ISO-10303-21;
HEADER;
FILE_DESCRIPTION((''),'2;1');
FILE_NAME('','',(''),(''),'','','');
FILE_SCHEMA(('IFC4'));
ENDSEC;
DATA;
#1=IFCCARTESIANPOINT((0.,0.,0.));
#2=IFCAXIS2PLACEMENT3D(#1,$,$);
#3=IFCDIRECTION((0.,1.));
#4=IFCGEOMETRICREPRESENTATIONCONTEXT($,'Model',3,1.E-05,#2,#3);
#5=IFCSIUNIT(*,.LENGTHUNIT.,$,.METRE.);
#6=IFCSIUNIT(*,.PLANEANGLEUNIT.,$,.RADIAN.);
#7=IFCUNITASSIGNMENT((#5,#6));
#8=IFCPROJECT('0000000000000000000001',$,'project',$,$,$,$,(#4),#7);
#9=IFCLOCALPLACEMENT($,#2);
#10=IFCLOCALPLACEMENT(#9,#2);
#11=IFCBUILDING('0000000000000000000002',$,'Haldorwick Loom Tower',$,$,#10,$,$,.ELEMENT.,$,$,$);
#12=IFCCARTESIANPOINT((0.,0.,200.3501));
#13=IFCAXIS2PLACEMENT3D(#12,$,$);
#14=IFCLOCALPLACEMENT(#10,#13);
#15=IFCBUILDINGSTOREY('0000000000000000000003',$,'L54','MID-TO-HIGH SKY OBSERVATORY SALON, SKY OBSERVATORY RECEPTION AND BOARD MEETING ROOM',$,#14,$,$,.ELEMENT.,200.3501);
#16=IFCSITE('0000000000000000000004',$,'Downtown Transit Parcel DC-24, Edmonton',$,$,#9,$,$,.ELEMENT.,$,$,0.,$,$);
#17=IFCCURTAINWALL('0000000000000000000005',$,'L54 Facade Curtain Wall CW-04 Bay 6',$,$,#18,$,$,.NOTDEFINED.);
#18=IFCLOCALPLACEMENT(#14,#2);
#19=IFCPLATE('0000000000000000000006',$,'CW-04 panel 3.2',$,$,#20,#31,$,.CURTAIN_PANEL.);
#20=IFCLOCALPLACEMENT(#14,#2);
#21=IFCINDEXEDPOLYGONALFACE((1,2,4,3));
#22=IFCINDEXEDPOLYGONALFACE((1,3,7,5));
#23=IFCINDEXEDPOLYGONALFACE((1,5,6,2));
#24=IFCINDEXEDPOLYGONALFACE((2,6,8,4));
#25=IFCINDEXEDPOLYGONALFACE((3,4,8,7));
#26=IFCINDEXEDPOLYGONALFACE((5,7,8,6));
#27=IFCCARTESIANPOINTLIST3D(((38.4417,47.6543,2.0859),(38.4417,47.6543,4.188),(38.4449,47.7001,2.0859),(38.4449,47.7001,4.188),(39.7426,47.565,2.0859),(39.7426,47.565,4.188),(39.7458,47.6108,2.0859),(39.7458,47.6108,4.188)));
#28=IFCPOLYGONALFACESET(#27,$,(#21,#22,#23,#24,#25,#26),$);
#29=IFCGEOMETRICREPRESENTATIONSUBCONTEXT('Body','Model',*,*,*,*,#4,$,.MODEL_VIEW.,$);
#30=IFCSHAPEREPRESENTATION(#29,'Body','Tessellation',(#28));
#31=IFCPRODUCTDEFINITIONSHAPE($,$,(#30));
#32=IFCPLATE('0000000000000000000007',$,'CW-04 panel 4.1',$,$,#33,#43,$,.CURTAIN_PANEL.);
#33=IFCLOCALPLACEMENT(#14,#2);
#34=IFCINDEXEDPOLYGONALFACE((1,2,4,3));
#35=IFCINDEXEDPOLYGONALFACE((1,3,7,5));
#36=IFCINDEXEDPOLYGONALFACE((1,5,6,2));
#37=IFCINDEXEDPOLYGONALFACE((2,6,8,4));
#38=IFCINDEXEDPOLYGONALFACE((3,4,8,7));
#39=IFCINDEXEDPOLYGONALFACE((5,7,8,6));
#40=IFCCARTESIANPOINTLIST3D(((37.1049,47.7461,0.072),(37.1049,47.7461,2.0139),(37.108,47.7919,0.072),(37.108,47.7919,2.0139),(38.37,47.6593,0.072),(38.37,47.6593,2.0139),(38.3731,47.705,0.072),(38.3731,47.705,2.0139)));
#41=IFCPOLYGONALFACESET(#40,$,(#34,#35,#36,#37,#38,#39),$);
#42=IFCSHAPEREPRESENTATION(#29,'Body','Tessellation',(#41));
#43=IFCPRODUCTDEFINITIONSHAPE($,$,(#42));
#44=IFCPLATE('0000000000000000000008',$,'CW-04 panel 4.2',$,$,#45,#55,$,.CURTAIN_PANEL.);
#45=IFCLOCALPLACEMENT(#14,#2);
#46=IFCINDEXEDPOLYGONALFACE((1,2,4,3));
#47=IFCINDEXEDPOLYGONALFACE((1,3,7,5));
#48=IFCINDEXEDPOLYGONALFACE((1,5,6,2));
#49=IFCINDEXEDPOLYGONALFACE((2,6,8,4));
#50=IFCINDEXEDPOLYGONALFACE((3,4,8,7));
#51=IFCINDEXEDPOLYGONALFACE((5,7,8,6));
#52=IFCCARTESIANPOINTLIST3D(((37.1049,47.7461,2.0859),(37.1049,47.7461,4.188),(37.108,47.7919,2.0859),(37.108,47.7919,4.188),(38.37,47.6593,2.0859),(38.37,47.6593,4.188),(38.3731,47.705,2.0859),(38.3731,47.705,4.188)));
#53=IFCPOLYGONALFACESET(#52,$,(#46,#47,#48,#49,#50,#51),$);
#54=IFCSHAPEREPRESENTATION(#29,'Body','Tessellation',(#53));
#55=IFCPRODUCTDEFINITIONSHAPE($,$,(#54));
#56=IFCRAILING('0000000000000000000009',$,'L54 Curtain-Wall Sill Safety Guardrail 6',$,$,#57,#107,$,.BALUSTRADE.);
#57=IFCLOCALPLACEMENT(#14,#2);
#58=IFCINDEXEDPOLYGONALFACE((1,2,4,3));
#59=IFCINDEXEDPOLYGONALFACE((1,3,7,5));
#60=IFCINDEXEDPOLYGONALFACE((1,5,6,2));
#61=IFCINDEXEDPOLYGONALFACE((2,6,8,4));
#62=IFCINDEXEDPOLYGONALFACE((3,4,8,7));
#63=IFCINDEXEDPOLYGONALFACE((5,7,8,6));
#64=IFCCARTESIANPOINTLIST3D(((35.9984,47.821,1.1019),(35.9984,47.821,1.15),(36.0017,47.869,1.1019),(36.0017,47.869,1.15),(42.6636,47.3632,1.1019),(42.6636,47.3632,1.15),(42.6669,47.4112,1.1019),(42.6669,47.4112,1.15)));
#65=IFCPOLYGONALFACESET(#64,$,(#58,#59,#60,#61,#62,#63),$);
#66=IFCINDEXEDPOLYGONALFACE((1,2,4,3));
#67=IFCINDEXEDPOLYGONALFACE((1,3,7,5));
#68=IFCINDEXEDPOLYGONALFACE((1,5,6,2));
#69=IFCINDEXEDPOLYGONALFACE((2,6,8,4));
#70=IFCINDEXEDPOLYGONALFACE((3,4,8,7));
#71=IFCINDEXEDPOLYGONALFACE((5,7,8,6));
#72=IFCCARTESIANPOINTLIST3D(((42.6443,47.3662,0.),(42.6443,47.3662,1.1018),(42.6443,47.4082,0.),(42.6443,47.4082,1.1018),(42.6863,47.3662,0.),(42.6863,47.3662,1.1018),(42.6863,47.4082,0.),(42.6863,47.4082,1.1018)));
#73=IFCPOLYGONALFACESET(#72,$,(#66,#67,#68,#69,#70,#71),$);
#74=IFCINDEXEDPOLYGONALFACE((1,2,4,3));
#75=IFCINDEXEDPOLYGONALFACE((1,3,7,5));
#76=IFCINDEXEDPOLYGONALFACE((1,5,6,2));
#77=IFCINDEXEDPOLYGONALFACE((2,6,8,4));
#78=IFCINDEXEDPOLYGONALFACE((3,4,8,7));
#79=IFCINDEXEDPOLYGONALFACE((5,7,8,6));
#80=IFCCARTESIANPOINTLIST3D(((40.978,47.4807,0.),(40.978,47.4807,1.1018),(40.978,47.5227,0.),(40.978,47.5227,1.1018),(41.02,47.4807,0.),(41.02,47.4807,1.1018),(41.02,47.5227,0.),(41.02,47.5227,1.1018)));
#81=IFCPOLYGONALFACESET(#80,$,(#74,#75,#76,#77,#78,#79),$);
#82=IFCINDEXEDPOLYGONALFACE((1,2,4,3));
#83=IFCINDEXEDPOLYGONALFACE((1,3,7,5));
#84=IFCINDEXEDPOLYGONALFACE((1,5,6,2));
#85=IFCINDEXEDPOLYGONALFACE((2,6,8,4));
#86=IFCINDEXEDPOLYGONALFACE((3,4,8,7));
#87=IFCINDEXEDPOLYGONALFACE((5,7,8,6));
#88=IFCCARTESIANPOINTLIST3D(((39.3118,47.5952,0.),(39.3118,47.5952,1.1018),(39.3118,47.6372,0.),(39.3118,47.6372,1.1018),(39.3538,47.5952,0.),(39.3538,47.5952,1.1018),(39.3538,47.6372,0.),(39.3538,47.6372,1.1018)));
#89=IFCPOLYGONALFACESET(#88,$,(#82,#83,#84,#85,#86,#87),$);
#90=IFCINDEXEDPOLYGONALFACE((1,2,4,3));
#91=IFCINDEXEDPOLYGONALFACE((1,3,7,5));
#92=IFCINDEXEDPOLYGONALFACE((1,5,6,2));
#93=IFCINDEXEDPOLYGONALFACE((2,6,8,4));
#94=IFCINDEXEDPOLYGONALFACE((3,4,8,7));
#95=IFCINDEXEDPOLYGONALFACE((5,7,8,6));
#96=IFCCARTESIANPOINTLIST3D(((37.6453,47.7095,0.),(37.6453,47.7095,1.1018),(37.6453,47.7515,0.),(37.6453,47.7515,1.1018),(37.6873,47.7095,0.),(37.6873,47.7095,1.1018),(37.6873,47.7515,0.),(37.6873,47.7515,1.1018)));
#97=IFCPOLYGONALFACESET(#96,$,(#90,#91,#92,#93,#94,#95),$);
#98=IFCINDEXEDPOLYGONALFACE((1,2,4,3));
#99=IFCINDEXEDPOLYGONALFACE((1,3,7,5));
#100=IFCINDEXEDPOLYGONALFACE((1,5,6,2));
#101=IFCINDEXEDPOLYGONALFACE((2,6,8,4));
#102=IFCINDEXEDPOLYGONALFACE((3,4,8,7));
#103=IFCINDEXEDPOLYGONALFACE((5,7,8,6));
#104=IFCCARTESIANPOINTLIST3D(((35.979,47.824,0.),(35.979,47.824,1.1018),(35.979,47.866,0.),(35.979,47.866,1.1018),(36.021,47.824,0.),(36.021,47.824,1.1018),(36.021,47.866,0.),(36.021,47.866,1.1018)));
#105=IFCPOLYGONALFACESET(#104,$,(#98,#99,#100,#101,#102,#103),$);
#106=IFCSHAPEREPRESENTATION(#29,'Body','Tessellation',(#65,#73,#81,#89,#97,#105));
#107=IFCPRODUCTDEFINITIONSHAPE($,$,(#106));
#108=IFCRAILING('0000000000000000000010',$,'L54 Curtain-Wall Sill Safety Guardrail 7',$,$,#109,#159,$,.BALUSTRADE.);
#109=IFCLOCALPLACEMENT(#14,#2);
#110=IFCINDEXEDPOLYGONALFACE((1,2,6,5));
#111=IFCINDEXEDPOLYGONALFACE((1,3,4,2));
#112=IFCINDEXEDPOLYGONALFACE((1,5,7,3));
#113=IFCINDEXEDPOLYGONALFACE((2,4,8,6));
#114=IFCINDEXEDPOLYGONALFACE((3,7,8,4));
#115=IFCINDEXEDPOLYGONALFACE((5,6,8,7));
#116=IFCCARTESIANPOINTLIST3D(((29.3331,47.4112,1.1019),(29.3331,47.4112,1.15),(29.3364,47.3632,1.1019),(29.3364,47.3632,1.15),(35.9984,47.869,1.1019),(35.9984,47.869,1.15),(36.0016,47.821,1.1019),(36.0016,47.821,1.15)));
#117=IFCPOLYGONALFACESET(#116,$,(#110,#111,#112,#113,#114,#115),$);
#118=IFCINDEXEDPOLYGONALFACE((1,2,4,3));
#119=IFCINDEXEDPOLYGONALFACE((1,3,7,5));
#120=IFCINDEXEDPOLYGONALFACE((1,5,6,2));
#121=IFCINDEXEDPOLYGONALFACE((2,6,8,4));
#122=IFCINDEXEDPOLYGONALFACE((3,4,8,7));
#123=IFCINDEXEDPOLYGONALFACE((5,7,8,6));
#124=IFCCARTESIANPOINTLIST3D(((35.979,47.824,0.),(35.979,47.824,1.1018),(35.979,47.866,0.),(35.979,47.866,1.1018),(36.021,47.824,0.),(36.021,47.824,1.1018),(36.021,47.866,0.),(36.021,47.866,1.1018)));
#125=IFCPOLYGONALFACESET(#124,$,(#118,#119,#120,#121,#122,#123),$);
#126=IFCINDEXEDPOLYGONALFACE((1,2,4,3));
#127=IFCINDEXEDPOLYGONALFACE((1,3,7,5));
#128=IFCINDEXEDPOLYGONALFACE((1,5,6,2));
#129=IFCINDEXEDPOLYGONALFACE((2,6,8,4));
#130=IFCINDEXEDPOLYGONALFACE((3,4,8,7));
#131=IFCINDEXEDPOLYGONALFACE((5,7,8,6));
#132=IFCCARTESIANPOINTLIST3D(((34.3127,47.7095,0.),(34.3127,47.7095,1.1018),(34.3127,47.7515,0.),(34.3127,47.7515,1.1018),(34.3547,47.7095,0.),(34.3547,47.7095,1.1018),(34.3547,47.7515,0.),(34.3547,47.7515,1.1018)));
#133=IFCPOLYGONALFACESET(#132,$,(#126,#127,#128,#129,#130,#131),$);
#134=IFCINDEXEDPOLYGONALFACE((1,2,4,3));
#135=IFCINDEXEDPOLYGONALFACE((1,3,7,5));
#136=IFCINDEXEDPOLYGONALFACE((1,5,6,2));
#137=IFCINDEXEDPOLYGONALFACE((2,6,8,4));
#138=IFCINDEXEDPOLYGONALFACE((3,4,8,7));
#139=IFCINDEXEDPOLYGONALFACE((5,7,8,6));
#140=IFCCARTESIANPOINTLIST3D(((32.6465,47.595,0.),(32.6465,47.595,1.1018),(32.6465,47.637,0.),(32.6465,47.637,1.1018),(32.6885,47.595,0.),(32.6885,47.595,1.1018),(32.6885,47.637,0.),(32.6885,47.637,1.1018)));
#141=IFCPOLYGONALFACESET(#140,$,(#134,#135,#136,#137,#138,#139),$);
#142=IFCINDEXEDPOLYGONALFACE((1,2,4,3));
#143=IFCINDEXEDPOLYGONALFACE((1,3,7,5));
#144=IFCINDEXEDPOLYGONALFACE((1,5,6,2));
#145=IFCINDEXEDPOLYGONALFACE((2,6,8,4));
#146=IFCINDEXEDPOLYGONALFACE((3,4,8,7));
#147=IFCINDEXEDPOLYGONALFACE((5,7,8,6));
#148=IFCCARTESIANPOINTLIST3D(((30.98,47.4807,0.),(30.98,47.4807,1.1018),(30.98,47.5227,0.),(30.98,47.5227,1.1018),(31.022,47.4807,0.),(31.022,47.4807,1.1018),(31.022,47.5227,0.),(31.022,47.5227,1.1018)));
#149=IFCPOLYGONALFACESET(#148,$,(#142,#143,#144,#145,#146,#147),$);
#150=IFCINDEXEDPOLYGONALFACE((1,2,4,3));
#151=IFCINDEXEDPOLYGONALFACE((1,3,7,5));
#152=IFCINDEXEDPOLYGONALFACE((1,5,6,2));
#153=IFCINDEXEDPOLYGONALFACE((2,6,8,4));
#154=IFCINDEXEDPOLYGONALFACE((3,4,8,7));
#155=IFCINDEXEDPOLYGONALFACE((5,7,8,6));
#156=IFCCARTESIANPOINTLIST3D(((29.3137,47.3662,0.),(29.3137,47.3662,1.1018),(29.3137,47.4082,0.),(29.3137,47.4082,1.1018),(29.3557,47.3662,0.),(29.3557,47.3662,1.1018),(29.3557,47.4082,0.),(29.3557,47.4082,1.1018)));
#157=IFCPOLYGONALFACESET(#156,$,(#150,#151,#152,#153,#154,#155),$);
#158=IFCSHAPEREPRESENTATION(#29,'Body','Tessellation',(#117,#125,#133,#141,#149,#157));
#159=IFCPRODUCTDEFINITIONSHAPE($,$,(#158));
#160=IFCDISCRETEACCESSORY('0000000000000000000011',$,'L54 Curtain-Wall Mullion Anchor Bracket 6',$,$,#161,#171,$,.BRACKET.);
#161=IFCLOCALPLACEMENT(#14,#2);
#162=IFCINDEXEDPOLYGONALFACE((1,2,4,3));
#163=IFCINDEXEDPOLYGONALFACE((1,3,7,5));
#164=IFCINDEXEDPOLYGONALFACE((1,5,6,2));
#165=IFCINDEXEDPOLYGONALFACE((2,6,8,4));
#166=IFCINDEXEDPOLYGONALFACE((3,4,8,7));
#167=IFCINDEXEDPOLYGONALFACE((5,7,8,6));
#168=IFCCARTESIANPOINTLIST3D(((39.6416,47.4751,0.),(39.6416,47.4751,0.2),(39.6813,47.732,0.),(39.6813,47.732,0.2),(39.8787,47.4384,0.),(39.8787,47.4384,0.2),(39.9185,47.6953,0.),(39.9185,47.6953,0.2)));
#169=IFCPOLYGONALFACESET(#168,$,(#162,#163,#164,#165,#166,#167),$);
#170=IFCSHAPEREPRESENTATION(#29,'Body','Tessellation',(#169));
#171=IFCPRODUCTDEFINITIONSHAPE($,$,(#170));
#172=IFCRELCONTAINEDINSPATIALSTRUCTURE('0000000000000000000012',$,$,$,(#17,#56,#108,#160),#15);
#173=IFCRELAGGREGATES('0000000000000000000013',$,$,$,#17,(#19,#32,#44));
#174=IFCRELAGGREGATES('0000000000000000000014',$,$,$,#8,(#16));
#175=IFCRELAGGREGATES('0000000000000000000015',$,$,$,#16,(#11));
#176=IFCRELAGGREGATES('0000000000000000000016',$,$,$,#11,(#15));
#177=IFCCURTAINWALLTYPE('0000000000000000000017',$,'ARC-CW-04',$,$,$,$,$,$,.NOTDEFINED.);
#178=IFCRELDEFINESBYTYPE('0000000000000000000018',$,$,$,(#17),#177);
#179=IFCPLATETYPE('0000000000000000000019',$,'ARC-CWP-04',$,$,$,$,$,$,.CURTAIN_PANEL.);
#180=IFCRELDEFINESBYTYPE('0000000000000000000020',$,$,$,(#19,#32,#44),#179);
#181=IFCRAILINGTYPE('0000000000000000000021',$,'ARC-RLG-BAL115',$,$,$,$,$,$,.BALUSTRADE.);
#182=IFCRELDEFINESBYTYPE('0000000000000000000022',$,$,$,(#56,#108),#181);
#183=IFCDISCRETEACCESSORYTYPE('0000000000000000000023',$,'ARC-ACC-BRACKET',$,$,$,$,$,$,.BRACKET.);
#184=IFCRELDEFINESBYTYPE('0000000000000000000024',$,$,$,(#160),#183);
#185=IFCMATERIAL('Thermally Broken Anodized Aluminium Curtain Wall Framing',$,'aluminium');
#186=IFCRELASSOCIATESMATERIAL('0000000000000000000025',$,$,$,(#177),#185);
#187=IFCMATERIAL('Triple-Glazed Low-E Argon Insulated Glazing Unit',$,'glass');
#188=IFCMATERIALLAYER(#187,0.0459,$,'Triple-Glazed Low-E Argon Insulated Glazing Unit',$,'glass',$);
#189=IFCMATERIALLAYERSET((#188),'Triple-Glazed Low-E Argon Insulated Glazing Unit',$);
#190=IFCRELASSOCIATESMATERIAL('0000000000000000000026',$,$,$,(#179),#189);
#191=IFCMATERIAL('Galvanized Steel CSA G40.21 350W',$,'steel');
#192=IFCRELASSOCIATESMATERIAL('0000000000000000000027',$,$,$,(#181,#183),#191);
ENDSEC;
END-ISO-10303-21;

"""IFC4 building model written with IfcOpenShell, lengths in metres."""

from ifc_helpers import new_model, si_unit, direction, frame, origin, origin_2d, place, context, subcontext, project, spatial, rectangle, extrude, material, layer, layer_set, type_object, element, aggregate, save


model = new_model("IFC4")

# Units and contexts
model_context = context("Model", 3, precision=1e-05, world=origin(), true_north=direction((0.0, 1.0)))
body_context = subcontext(model_context, "Body", "Model", "MODEL_VIEW")
ifc_project = project(units=[si_unit("LENGTHUNIT", "METRE"), si_unit("PLANEANGLEUNIT", "RADIAN")], contexts=[model_context])

# Site, building, storey
site_placement = place(None, origin())
site = spatial("IfcSite", under=ifc_project, at=site_placement, Name="Downtown Transit Parcel DC-24, Edmonton", CompositionType="ELEMENT", RefElevation=0.0)
building_placement = place(site_placement, origin())
building = spatial("IfcBuilding", under=site, at=building_placement, Name="Haldorwick Loom Tower", CompositionType="ELEMENT")
storey_placement = place(building_placement, frame((0.0, 0.0, 200.3501)))
storey = spatial("IfcBuildingStorey", under=building, at=storey_placement, Name="L54", Description="MID-TO-HIGH SKY OBSERVATORY SALON, SKY OBSERVATORY RECEPTION AND BOARD MEETING ROOM", CompositionType="ELEMENT", Elevation=200.3501)

# Shared definitions
ifc_material_1 = material(Name="Thermally Broken Anodized Aluminium Curtain Wall Framing", Category="aluminium")
curtain_wall_type = type_object("IfcCurtainWallType", Name="ARC-CW-04", PredefinedType="NOTDEFINED", material=ifc_material_1)

# Curtain wall
curtain_wall_1_placement = place(storey_placement, origin())
curtain_wall_1 = element("IfcCurtainWall", 1, at=curtain_wall_1_placement, inside=storey, type_object=curtain_wall_type, Name="L54 Facade Curtain Wall CW-04 Bay 6", PredefinedType="NOTDEFINED")

# Plates
ifc_material_2 = material(Name="Triple-Glazed Low-E Argon Insulated Glazing Unit", Category="glass")
ifc_layer = layer(ifc_material_2, 0.0459, Name="Triple-Glazed Low-E Argon Insulated Glazing Unit", Category="glass")
ifc_layer_set = layer_set([ifc_layer], Name="Triple-Glazed Low-E Argon Insulated Glazing Unit")
plate_type = type_object("IfcPlateType", Name="ARC-CWP-04", PredefinedType="CURTAIN_PANEL", material=ifc_layer_set)
plate_1_placement = place(storey_placement, frame((39.0938, 47.6326, 2.0859), z_axis=(0.0, 0.0, 1.0), x_axis=(-0.99765, 0.068513, 0.0)))
plate_1 = element("IfcPlate", 2, at=plate_1_placement, type_object=plate_type, Name="CW-04 panel 3.2", PredefinedType="CURTAIN_PANEL", context=body_context, shape_type="SweptSolid", body=[
    extrude(rectangle(XDim=1.304, YDim=0.0459, at=origin_2d()), origin(), (0.0, 0.0, 1.0), 2.1021),
])
plate_2_placement = place(storey_placement, frame((37.739, 47.7256, 0.072), z_axis=(0.0, 0.0, 1.0), x_axis=(-0.99765, 0.068513, 0.0)))
plate_2 = element("IfcPlate", 3, at=plate_2_placement, type_object=plate_type, Name="CW-04 panel 4.1", PredefinedType="CURTAIN_PANEL", context=body_context, shape_type="SweptSolid", body=[
    extrude(rectangle(XDim=1.2681, YDim=0.0459, at=origin_2d()), origin(), (0.0, 0.0, 1.0), 1.9419),
])
plate_3_placement = place(storey_placement, frame((37.739, 47.7256, 2.0859), z_axis=(0.0, 0.0, 1.0), x_axis=(-0.99765, 0.068513, 0.0)))
plate_3 = element("IfcPlate", 4, at=plate_3_placement, type_object=plate_type, Name="CW-04 panel 4.2", PredefinedType="CURTAIN_PANEL", context=body_context, shape_type="SweptSolid", body=[
    extrude(rectangle(XDim=1.2681, YDim=0.0459, at=origin_2d()), origin(), (0.0, 0.0, 1.0), 2.1021),
])
aggregate(curtain_wall_1, [plate_1, plate_2, plate_3])

# Railings
ifc_material_3 = material(Name="Galvanized Steel CSA G40.21 350W", Category="steel")
railing_type = type_object("IfcRailingType", Name="ARC-RLG-BAL115", PredefinedType="BALUSTRADE", material=ifc_material_3)
railing_1_placement = place(storey_placement, frame((42.6653, 47.3872, 0.0)))
element("IfcRailing", 5, at=railing_1_placement, inside=storey, type_object=railing_type, Name="L54 Curtain-Wall Sill Safety Guardrail 6", PredefinedType="BALUSTRADE", context=body_context, shape_type="SweptSolid", body=[
    extrude(rectangle(XDim=0.0481, YDim=0.0481, at=origin_2d()), frame((0.0, 0.0, 1.126), z_axis=(-0.99765, 0.068517, 0.0), x_axis=(-0.068517, -0.99765, 0.0)), (0.0, 0.0, 1.0), 6.6809),
    extrude(rectangle(XDim=0.042, YDim=0.042, at=origin_2d()), origin(), (0.0, 0.0, 1.0), 1.1018),
    extrude(rectangle(XDim=0.042, YDim=0.042, at=origin_2d()), frame((-1.6663, 0.1145, 0.0)), (0.0, 0.0, 1.0), 1.1018),
    extrude(rectangle(XDim=0.042, YDim=0.042, at=origin_2d()), frame((-3.3325, 0.229, 0.0)), (0.0, 0.0, 1.0), 1.1018),
    extrude(rectangle(XDim=0.042, YDim=0.042, at=origin_2d()), frame((-4.999, 0.3433, 0.0)), (0.0, 0.0, 1.0), 1.1018),
    extrude(rectangle(XDim=0.042, YDim=0.042, at=origin_2d()), frame((-6.6653, 0.4578, 0.0)), (0.0, 0.0, 1.0), 1.1018),
])
railing_2_placement = place(storey_placement, frame((36.0, 47.845, 0.0)))
element("IfcRailing", 6, at=railing_2_placement, inside=storey, type_object=railing_type, Name="L54 Curtain-Wall Sill Safety Guardrail 7", PredefinedType="BALUSTRADE", context=body_context, shape_type="SweptSolid", body=[
    extrude(rectangle(XDim=0.0481, YDim=0.0481, at=origin_2d()), frame((0.0, 0.0, 1.126), z_axis=(-0.99765, -0.068517, 0.0), x_axis=(0.068517, -0.99765, 0.0)), (0.0, 0.0, 1.0), 6.6809),
    extrude(rectangle(XDim=0.042, YDim=0.042, at=origin_2d()), origin(), (0.0, 0.0, 1.0), 1.1018),
    extrude(rectangle(XDim=0.042, YDim=0.042, at=origin_2d()), frame((-1.6663, -0.1145, 0.0)), (0.0, 0.0, 1.0), 1.1018),
    extrude(rectangle(XDim=0.042, YDim=0.042, at=origin_2d()), frame((-3.3325, -0.229, 0.0)), (0.0, 0.0, 1.0), 1.1018),
    extrude(rectangle(XDim=0.042, YDim=0.042, at=origin_2d()), frame((-4.999, -0.3433, 0.0)), (0.0, 0.0, 1.0), 1.1018),
    extrude(rectangle(XDim=0.042, YDim=0.042, at=origin_2d()), frame((-6.6653, -0.4578, 0.0)), (0.0, 0.0, 1.0), 1.1018),
])

# Discrete accessory
discrete_accessory_type = type_object("IfcDiscreteAccessoryType", Name="ARC-ACC-BRACKET", PredefinedType="BRACKET", material=ifc_material_3)
discrete_accessory_placement = place(storey_placement, frame((39.78, 47.5852, 0.0), z_axis=(0.0, 0.0, 1.0), x_axis=(0.152986, 0.988228, 0.0)))
element("IfcDiscreteAccessory", 7, at=discrete_accessory_placement, inside=storey, type_object=discrete_accessory_type, Name="L54 Curtain-Wall Mullion Anchor Bracket 6", PredefinedType="BRACKET", context=body_context, shape_type="SweptSolid", body=[
    extrude(rectangle(XDim=0.26, YDim=0.24, at=origin_2d()), origin(), (0.0, 0.0, 1.0), 0.2),
])

save(model, "model.ifc")
